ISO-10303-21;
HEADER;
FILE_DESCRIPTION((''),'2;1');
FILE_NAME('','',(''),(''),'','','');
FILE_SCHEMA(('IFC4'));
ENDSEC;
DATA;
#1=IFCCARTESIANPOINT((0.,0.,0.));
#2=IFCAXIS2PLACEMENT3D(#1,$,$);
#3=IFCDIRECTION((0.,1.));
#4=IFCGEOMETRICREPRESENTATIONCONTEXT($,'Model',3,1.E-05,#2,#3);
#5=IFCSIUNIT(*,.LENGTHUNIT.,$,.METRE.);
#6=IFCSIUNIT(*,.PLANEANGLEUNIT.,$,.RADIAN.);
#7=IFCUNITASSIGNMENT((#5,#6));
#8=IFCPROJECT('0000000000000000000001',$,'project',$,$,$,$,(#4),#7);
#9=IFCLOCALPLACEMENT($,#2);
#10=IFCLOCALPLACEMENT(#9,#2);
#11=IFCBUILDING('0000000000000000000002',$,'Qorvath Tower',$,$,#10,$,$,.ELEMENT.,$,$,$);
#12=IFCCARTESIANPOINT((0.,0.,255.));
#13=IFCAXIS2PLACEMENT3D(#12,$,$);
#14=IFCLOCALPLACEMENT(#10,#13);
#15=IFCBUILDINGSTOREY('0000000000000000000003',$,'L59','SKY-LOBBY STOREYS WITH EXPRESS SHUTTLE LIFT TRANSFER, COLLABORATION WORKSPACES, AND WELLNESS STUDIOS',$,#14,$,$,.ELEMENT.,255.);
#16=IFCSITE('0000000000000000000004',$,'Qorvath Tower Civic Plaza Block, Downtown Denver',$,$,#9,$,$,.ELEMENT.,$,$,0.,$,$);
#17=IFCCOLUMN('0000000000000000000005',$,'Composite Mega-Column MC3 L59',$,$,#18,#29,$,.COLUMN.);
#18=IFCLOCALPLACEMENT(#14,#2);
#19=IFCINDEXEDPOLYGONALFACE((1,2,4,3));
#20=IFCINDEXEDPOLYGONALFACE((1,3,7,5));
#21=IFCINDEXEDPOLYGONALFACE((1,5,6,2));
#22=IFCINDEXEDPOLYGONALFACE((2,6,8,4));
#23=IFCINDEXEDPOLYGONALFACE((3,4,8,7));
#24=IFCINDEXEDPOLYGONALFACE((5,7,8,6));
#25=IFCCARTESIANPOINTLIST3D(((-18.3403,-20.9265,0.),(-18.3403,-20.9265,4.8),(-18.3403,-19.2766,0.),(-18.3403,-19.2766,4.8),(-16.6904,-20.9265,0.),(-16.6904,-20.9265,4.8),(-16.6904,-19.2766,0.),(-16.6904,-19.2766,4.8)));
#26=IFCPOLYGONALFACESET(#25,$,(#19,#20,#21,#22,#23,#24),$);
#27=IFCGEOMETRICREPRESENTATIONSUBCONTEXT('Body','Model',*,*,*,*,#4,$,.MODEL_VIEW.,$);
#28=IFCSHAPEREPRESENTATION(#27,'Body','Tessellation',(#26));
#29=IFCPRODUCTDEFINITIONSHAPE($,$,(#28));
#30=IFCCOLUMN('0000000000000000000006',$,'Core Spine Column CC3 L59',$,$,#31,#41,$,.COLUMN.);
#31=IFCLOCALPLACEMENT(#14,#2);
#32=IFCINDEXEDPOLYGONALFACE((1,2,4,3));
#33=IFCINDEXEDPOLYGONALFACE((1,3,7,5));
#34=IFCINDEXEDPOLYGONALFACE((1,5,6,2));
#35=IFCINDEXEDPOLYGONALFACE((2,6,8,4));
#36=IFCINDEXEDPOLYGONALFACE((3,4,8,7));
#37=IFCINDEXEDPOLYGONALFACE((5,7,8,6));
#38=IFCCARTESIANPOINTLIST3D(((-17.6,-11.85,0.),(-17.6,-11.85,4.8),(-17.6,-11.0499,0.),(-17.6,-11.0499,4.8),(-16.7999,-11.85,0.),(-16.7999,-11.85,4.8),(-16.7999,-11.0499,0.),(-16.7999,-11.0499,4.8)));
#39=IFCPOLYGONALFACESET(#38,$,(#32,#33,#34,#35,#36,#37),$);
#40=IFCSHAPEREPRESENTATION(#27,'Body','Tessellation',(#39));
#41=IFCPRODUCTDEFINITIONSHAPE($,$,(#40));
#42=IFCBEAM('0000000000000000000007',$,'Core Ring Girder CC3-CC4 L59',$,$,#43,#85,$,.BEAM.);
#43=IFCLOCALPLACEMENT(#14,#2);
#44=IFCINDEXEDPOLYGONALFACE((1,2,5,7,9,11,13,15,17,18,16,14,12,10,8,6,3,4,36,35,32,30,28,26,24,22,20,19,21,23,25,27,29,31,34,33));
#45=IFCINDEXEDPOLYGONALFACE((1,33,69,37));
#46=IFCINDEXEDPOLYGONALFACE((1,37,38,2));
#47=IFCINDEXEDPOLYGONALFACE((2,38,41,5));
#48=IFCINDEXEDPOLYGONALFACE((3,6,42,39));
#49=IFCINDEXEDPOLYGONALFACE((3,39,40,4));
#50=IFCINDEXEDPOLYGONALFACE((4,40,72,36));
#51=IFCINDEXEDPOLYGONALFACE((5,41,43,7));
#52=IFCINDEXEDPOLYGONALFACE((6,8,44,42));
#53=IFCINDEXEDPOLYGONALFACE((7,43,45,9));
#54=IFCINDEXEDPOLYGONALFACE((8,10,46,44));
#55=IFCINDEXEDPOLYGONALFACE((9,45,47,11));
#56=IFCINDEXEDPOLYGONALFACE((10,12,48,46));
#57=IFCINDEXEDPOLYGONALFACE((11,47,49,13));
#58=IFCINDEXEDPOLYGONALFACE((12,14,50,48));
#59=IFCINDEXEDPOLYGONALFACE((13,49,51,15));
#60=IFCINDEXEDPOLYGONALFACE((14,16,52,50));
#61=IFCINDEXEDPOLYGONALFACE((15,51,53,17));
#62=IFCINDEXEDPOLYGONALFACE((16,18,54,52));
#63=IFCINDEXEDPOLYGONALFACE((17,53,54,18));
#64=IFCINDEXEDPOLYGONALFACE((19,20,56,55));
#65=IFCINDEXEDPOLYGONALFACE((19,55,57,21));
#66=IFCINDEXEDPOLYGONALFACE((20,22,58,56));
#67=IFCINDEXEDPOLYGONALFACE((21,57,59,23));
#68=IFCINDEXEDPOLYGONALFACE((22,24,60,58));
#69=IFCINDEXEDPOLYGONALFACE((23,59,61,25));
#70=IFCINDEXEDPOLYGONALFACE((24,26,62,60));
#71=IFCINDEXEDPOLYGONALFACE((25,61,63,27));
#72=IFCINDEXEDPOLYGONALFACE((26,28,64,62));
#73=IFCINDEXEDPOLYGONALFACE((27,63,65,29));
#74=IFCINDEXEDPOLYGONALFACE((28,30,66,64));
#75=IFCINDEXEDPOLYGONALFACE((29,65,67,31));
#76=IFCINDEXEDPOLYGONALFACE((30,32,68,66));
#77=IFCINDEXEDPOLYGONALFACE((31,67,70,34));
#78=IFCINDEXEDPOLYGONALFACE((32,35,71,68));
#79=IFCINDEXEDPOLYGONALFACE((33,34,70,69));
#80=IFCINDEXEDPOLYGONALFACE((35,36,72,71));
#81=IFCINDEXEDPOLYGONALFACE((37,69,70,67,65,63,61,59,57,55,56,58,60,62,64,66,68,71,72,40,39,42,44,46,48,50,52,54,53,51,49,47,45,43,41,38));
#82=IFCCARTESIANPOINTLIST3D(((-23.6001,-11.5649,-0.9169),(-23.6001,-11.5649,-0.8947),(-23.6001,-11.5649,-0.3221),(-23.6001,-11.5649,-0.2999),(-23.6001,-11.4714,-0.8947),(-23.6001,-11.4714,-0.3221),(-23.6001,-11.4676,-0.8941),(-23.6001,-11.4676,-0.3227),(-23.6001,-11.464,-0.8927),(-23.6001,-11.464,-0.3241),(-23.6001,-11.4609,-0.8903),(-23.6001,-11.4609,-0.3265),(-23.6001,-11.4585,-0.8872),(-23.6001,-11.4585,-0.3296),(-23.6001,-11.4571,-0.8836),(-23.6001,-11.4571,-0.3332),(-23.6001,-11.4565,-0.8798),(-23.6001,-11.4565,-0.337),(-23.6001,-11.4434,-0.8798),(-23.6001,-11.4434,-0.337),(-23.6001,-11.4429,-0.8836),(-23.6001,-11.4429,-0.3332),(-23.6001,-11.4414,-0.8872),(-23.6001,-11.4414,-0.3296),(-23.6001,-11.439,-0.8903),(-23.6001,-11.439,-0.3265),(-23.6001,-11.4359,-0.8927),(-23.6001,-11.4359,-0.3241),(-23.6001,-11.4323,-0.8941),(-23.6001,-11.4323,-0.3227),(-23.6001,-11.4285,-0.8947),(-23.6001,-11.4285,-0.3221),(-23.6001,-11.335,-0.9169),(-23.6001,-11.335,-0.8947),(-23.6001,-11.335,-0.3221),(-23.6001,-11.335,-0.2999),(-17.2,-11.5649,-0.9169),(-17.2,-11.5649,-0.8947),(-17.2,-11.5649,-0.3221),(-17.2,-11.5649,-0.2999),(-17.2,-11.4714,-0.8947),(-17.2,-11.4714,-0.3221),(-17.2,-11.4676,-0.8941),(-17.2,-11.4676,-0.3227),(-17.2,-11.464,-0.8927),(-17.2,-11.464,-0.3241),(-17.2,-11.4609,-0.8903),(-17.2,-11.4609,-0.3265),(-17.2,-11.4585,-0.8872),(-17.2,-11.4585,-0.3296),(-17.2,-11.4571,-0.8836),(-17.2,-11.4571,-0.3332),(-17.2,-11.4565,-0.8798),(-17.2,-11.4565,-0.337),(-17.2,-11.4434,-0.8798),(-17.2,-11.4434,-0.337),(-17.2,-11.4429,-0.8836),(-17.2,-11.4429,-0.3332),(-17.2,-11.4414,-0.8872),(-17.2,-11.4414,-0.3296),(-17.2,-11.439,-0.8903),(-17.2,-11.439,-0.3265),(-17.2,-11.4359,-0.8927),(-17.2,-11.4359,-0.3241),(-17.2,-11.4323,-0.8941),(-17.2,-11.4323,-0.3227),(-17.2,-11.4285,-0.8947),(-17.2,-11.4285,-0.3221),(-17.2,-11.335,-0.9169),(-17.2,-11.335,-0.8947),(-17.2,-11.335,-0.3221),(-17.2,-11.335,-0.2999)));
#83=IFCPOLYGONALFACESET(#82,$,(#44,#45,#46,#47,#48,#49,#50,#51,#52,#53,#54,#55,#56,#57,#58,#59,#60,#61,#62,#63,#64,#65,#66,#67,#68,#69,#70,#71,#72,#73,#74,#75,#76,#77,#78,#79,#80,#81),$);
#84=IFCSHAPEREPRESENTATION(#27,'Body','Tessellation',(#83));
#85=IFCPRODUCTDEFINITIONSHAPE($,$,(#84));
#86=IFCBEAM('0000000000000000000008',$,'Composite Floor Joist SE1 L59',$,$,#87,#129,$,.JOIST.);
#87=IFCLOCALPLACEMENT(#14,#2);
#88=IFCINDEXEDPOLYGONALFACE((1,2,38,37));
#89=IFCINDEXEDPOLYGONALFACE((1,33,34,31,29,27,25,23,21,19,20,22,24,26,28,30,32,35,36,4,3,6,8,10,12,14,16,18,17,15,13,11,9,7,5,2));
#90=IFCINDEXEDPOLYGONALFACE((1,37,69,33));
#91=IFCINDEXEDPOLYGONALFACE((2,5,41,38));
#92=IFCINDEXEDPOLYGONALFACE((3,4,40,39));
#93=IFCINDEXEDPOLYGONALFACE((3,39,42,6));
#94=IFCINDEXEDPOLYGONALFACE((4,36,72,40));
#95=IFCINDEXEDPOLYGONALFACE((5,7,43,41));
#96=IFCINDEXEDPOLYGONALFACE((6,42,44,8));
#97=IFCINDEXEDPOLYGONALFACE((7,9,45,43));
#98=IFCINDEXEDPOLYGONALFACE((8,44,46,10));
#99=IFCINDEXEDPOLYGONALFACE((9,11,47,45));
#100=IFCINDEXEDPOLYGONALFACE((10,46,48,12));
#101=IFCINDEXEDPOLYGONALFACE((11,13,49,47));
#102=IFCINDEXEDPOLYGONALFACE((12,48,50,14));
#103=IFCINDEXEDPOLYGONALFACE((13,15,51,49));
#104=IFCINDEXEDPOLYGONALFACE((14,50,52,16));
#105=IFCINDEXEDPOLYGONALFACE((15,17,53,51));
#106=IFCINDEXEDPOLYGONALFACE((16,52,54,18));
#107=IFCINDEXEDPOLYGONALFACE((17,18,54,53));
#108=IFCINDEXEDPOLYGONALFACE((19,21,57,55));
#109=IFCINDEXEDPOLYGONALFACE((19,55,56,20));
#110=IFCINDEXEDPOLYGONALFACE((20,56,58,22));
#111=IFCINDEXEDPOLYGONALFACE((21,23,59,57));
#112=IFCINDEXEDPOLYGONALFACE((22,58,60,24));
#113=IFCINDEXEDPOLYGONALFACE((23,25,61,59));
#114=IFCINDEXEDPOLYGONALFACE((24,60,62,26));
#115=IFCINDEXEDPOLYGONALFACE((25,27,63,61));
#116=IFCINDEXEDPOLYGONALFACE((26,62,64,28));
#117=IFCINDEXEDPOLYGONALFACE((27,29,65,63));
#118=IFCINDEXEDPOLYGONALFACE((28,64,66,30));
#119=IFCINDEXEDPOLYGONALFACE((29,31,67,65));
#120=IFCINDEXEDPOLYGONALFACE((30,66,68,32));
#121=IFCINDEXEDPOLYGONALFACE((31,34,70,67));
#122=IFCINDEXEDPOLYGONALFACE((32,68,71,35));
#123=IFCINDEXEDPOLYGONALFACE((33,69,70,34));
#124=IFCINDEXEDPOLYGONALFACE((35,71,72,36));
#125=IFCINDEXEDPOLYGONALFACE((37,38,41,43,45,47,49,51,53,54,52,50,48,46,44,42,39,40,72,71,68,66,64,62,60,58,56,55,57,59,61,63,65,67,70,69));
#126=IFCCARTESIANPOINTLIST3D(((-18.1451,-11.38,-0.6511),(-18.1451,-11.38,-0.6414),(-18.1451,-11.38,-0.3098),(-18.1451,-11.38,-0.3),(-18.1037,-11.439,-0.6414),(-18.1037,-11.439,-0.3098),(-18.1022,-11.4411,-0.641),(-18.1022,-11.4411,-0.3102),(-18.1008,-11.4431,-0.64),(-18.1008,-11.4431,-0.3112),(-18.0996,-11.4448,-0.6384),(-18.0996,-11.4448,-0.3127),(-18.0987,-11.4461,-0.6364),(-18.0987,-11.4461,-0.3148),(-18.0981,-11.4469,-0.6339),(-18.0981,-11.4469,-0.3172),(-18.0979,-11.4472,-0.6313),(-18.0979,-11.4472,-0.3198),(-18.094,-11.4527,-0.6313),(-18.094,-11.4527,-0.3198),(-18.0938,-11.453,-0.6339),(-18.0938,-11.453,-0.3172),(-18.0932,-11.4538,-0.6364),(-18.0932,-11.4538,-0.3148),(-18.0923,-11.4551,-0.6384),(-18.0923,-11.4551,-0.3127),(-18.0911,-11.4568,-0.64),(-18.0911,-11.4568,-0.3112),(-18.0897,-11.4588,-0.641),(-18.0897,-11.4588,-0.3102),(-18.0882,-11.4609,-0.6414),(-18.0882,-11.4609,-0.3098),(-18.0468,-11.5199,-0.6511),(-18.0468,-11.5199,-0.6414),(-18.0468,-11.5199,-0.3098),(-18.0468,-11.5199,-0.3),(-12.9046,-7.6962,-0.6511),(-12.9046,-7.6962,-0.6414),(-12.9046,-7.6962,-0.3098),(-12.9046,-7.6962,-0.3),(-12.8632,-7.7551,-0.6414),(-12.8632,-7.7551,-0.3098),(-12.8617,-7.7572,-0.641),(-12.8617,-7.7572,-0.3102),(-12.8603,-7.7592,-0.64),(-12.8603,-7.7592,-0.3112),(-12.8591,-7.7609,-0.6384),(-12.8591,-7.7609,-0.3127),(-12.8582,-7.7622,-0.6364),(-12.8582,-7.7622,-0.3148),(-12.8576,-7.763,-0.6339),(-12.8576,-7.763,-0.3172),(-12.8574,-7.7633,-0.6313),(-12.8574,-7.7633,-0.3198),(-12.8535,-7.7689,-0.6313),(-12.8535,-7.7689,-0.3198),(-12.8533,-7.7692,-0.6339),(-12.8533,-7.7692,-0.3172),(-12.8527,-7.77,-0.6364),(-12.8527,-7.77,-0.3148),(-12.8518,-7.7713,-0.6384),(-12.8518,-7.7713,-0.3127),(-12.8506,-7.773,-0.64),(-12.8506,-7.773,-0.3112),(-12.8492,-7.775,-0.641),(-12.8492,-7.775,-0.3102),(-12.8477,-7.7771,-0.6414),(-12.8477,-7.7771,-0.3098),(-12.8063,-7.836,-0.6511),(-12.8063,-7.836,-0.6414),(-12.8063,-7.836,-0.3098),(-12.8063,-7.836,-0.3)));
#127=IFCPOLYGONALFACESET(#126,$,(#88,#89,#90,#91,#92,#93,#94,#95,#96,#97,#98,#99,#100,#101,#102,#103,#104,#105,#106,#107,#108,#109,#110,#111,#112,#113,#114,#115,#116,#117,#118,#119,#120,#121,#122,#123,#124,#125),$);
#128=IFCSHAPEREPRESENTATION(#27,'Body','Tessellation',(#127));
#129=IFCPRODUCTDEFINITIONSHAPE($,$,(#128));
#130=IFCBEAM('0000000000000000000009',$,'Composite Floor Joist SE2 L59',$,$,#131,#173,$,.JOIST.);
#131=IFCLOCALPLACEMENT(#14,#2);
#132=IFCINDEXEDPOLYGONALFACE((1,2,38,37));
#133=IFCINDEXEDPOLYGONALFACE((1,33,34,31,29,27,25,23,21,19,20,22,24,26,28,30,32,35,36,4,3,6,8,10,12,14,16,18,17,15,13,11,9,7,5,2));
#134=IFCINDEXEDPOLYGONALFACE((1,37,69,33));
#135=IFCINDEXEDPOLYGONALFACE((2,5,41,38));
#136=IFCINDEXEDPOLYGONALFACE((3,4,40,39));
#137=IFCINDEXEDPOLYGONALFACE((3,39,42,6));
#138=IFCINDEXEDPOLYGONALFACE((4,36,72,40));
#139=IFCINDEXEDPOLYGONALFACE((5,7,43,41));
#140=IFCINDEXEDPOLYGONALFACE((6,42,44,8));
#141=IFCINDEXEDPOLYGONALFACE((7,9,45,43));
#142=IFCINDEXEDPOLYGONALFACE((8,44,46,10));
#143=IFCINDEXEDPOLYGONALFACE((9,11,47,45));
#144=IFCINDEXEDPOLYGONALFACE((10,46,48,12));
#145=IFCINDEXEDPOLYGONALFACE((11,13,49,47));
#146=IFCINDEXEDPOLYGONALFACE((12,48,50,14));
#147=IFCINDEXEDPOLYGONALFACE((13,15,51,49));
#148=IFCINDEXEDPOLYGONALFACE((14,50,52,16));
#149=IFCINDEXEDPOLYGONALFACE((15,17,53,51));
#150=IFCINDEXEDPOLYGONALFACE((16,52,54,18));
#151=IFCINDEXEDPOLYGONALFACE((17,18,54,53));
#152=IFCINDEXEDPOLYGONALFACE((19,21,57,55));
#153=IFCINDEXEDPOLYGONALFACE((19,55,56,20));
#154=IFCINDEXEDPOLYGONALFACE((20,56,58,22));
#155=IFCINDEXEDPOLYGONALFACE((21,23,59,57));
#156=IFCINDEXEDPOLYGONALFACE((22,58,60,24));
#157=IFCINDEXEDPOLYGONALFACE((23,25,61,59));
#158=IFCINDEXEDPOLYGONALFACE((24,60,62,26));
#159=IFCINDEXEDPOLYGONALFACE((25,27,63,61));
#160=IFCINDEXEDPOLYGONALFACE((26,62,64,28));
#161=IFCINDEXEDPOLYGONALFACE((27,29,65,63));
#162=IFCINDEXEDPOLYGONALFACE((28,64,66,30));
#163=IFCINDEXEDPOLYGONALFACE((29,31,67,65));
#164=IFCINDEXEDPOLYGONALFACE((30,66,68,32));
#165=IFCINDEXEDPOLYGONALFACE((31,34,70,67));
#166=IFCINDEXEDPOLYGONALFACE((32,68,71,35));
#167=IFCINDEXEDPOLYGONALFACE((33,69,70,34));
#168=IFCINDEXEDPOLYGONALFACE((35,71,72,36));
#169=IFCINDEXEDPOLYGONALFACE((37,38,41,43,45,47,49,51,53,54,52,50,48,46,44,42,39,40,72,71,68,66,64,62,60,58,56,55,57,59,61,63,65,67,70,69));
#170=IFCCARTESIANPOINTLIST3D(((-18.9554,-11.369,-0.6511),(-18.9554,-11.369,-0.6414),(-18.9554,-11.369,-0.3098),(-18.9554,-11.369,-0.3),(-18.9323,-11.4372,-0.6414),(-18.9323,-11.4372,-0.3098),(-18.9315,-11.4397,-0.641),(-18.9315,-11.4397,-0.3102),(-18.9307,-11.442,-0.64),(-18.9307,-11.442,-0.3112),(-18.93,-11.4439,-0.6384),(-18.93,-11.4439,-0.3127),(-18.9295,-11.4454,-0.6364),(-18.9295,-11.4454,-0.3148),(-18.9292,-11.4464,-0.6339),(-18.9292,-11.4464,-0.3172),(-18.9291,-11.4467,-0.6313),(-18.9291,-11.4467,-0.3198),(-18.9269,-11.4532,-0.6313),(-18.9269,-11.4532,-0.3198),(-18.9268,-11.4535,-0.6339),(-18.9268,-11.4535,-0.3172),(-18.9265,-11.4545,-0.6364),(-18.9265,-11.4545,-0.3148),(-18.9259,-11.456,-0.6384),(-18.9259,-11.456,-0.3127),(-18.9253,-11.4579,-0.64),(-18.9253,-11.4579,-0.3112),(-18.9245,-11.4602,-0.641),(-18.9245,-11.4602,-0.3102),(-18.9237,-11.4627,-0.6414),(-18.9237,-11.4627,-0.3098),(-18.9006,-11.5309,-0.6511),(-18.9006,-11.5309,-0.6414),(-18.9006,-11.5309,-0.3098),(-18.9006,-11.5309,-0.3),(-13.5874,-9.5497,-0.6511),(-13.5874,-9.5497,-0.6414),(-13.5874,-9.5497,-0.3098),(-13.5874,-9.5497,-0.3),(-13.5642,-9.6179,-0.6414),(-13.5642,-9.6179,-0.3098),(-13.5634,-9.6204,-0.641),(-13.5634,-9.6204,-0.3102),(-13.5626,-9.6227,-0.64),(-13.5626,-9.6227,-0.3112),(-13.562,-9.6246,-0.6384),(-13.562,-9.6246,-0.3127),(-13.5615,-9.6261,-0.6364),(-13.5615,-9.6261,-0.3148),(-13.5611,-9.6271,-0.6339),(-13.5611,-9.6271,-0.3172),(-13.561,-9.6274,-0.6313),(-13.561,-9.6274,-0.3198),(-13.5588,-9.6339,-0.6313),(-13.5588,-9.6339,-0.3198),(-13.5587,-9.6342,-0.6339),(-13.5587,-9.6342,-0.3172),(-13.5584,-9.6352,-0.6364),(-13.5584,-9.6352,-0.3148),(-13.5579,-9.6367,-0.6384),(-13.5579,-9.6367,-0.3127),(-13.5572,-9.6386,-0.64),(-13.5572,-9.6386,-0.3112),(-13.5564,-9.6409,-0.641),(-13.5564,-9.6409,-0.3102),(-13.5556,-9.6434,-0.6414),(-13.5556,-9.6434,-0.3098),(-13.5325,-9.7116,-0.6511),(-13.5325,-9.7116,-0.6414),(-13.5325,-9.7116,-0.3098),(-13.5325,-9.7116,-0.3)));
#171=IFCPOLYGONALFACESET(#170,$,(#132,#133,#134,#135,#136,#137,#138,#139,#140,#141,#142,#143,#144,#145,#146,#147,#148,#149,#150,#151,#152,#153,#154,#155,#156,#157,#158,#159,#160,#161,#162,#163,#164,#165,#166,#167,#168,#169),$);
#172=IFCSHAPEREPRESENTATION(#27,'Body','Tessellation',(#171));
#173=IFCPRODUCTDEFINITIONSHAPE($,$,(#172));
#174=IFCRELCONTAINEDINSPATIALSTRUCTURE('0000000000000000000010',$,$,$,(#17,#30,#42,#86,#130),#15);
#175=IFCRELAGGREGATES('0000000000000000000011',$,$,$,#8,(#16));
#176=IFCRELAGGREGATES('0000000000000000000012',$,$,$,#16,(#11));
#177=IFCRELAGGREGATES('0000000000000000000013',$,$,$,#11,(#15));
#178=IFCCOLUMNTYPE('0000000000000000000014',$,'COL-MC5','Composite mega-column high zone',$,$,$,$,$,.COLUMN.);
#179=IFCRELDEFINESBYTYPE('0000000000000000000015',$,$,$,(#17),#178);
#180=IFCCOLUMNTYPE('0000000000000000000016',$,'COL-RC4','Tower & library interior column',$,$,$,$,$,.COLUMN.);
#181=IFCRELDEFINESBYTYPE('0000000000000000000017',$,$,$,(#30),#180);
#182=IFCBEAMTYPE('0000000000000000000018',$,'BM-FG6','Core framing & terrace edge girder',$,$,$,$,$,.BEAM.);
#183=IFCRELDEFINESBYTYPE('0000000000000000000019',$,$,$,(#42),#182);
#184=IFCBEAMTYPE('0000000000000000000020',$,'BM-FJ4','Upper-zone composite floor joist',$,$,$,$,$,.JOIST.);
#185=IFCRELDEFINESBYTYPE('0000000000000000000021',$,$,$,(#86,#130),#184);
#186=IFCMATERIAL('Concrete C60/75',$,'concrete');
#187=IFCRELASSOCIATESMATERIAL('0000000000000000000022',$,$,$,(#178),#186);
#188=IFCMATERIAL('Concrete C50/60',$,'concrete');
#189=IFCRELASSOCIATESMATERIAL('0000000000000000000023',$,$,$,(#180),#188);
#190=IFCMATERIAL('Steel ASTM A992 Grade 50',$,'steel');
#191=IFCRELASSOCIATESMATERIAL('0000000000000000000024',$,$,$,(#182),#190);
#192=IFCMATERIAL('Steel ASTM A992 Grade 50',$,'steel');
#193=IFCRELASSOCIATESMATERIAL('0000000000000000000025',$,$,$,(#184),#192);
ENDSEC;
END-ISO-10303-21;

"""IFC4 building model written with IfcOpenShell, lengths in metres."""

from ifc_helpers import new_model, si_unit, direction, frame, origin, origin_2d, place, context, subcontext, project, spatial, rectangle, i_section, extrude, material, material_profile, profile_set, type_object, element, save


model = new_model("IFC4")

# Units and contexts
model_context = context("Model", 3, precision=1e-05, world=origin(), true_north=direction((0.0, 1.0)))
body_context = subcontext(model_context, "Body", "Model", "MODEL_VIEW")
ifc_project = project(units=[si_unit("LENGTHUNIT", "METRE"), si_unit("PLANEANGLEUNIT", "RADIAN")], contexts=[model_context])

# Site, building, storey
site_placement = place(None, origin())
site = spatial("IfcSite", under=ifc_project, at=site_placement, Name="Qorvath Tower Civic Plaza Block, Downtown Denver", CompositionType="ELEMENT", RefElevation=0.0)
building_placement = place(site_placement, origin())
building = spatial("IfcBuilding", under=site, at=building_placement, Name="Qorvath Tower", CompositionType="ELEMENT")
storey_placement = place(building_placement, frame((0.0, 0.0, 255.0)))
storey = spatial("IfcBuildingStorey", under=building, at=storey_placement, Name="L59", Description="SKY-LOBBY STOREYS WITH EXPRESS SHUTTLE LIFT TRANSFER, COLLABORATION WORKSPACES, AND WELLNESS STUDIOS", CompositionType="ELEMENT", Elevation=255.0)

# Columns
ifc_material_1 = material(Name="Concrete C60/75", Category="concrete")
ifc_material_profile_1 = material_profile(ifc_material_1, rectangle(XDim=1.6499, YDim=1.6499, at=origin_2d()), Name="MC 1650x1650")
ifc_profile_set_1 = profile_set([ifc_material_profile_1], Name="Concrete C60/75")
column_type_1 = type_object("IfcColumnType", Name="COL-MC5", Description="Composite mega-column high zone", PredefinedType="COLUMN", material=ifc_profile_set_1)
column_1_placement = place(storey_placement, frame((-17.5154, -20.1016, 0.0), z_axis=(0.0, 0.0, 1.0), x_axis=(1.0, 0.0, 0.0)))
element("IfcColumn", 1, at=column_1_placement, inside=storey, type_object=column_type_1, Name="Composite Mega-Column MC3 L59", PredefinedType="COLUMN", context=body_context, shape_type="SweptSolid", body=[
    extrude(rectangle(XDim=1.6499, YDim=1.6499, at=origin_2d()), origin(), (0.0, 0.0, 1.0), 4.8),
])
ifc_material_2 = material(Name="Concrete C50/60", Category="concrete")
ifc_material_profile_2 = material_profile(ifc_material_2, rectangle(XDim=0.8, YDim=0.8, at=origin_2d()), Name="RC 800x800")
ifc_profile_set_2 = profile_set([ifc_material_profile_2], Name="Concrete C50/60")
column_type_2 = type_object("IfcColumnType", Name="COL-RC4", Description="Tower & library interior column", PredefinedType="COLUMN", material=ifc_profile_set_2)
column_2_placement = place(storey_placement, frame((-17.2, -11.45, 0.0), z_axis=(0.0, 0.0, 1.0), x_axis=(1.0, 0.0, 0.0)))
element("IfcColumn", 2, at=column_2_placement, inside=storey, type_object=column_type_2, Name="Core Spine Column CC3 L59", PredefinedType="COLUMN", context=body_context, shape_type="SweptSolid", body=[
    extrude(rectangle(XDim=0.8, YDim=0.8, at=origin_2d()), origin(), (0.0, 0.0, 1.0), 4.8),
])

# Beams
ifc_material_3 = material(Name="Steel ASTM A992 Grade 50", Category="steel")
ifc_material_profile_3 = material_profile(ifc_material_3, i_section(OverallWidth=0.23, OverallDepth=0.6169, WebThickness=0.0132, FlangeThickness=0.0222, FilletRadius=0.0149, at=origin_2d()), Name="W24x94")
ifc_profile_set_3 = profile_set([ifc_material_profile_3], Name="Steel ASTM A992 Grade 50")
beam_type_1 = type_object("IfcBeamType", Name="BM-FG6", Description="Core framing & terrace edge girder", PredefinedType="BEAM", material=ifc_profile_set_3)
beam_1_placement = place(storey_placement, frame((-17.2, -11.45, -0.6084), z_axis=(-1.0, 0.0, 0.0), x_axis=(0.0, -1.0, 0.0)))
element("IfcBeam", 3, at=beam_1_placement, inside=storey, type_object=beam_type_1, Name="Core Ring Girder CC3-CC4 L59", PredefinedType="BEAM", context=body_context, shape_type="SweptSolid", body=[
    extrude(i_section(OverallWidth=0.23, OverallDepth=0.6169, WebThickness=0.0132, FlangeThickness=0.0222, FilletRadius=0.0149, at=origin_2d()), origin(), (0.0, 0.0, 1.0), 6.4001),
])
ifc_material_4 = material(Name="Steel ASTM A992 Grade 50", Category="steel")
ifc_material_profile_4 = material_profile(ifc_material_4, i_section(OverallWidth=0.1709, OverallDepth=0.3511, WebThickness=0.0068, FlangeThickness=0.0098, FilletRadius=0.01, at=origin_2d()), Name="W14x30")
ifc_profile_set_4 = profile_set([ifc_material_profile_4], Name="Steel ASTM A992 Grade 50")
beam_type_2 = type_object("IfcBeamType", Name="BM-FJ4", Description="Upper-zone composite floor joist", PredefinedType="JOIST", material=ifc_profile_set_4)
beam_2_placement = place(storey_placement, frame((-18.0959, -11.45, -0.4756), z_axis=(0.818093, 0.575085, 0.0), x_axis=(-0.575085, 0.818093, 0.0)))
element("IfcBeam", 4, at=beam_2_placement, inside=storey, type_object=beam_type_2, Name="Composite Floor Joist SE1 L59", PredefinedType="JOIST", context=body_context, shape_type="SweptSolid", body=[
    extrude(i_section(OverallWidth=0.1709, OverallDepth=0.3511, WebThickness=0.0068, FlangeThickness=0.0098, FilletRadius=0.01, at=origin_2d()), origin(), (0.0, 0.0, 1.0), 6.4058),
])
beam_3_placement = place(storey_placement, frame((-18.928, -11.45, -0.4756), z_axis=(0.947086, 0.320979, 0.0), x_axis=(-0.320979, 0.947086, 0.0)))
element("IfcBeam", 5, at=beam_3_placement, inside=storey, type_object=beam_type_2, Name="Composite Floor Joist SE2 L59", PredefinedType="JOIST", context=body_context, shape_type="SweptSolid", body=[
    extrude(i_section(OverallWidth=0.1709, OverallDepth=0.3511, WebThickness=0.0068, FlangeThickness=0.0098, FilletRadius=0.01, at=origin_2d()), origin(), (0.0, 0.0, 1.0), 5.668),
])

save(model, "model.ifc")
